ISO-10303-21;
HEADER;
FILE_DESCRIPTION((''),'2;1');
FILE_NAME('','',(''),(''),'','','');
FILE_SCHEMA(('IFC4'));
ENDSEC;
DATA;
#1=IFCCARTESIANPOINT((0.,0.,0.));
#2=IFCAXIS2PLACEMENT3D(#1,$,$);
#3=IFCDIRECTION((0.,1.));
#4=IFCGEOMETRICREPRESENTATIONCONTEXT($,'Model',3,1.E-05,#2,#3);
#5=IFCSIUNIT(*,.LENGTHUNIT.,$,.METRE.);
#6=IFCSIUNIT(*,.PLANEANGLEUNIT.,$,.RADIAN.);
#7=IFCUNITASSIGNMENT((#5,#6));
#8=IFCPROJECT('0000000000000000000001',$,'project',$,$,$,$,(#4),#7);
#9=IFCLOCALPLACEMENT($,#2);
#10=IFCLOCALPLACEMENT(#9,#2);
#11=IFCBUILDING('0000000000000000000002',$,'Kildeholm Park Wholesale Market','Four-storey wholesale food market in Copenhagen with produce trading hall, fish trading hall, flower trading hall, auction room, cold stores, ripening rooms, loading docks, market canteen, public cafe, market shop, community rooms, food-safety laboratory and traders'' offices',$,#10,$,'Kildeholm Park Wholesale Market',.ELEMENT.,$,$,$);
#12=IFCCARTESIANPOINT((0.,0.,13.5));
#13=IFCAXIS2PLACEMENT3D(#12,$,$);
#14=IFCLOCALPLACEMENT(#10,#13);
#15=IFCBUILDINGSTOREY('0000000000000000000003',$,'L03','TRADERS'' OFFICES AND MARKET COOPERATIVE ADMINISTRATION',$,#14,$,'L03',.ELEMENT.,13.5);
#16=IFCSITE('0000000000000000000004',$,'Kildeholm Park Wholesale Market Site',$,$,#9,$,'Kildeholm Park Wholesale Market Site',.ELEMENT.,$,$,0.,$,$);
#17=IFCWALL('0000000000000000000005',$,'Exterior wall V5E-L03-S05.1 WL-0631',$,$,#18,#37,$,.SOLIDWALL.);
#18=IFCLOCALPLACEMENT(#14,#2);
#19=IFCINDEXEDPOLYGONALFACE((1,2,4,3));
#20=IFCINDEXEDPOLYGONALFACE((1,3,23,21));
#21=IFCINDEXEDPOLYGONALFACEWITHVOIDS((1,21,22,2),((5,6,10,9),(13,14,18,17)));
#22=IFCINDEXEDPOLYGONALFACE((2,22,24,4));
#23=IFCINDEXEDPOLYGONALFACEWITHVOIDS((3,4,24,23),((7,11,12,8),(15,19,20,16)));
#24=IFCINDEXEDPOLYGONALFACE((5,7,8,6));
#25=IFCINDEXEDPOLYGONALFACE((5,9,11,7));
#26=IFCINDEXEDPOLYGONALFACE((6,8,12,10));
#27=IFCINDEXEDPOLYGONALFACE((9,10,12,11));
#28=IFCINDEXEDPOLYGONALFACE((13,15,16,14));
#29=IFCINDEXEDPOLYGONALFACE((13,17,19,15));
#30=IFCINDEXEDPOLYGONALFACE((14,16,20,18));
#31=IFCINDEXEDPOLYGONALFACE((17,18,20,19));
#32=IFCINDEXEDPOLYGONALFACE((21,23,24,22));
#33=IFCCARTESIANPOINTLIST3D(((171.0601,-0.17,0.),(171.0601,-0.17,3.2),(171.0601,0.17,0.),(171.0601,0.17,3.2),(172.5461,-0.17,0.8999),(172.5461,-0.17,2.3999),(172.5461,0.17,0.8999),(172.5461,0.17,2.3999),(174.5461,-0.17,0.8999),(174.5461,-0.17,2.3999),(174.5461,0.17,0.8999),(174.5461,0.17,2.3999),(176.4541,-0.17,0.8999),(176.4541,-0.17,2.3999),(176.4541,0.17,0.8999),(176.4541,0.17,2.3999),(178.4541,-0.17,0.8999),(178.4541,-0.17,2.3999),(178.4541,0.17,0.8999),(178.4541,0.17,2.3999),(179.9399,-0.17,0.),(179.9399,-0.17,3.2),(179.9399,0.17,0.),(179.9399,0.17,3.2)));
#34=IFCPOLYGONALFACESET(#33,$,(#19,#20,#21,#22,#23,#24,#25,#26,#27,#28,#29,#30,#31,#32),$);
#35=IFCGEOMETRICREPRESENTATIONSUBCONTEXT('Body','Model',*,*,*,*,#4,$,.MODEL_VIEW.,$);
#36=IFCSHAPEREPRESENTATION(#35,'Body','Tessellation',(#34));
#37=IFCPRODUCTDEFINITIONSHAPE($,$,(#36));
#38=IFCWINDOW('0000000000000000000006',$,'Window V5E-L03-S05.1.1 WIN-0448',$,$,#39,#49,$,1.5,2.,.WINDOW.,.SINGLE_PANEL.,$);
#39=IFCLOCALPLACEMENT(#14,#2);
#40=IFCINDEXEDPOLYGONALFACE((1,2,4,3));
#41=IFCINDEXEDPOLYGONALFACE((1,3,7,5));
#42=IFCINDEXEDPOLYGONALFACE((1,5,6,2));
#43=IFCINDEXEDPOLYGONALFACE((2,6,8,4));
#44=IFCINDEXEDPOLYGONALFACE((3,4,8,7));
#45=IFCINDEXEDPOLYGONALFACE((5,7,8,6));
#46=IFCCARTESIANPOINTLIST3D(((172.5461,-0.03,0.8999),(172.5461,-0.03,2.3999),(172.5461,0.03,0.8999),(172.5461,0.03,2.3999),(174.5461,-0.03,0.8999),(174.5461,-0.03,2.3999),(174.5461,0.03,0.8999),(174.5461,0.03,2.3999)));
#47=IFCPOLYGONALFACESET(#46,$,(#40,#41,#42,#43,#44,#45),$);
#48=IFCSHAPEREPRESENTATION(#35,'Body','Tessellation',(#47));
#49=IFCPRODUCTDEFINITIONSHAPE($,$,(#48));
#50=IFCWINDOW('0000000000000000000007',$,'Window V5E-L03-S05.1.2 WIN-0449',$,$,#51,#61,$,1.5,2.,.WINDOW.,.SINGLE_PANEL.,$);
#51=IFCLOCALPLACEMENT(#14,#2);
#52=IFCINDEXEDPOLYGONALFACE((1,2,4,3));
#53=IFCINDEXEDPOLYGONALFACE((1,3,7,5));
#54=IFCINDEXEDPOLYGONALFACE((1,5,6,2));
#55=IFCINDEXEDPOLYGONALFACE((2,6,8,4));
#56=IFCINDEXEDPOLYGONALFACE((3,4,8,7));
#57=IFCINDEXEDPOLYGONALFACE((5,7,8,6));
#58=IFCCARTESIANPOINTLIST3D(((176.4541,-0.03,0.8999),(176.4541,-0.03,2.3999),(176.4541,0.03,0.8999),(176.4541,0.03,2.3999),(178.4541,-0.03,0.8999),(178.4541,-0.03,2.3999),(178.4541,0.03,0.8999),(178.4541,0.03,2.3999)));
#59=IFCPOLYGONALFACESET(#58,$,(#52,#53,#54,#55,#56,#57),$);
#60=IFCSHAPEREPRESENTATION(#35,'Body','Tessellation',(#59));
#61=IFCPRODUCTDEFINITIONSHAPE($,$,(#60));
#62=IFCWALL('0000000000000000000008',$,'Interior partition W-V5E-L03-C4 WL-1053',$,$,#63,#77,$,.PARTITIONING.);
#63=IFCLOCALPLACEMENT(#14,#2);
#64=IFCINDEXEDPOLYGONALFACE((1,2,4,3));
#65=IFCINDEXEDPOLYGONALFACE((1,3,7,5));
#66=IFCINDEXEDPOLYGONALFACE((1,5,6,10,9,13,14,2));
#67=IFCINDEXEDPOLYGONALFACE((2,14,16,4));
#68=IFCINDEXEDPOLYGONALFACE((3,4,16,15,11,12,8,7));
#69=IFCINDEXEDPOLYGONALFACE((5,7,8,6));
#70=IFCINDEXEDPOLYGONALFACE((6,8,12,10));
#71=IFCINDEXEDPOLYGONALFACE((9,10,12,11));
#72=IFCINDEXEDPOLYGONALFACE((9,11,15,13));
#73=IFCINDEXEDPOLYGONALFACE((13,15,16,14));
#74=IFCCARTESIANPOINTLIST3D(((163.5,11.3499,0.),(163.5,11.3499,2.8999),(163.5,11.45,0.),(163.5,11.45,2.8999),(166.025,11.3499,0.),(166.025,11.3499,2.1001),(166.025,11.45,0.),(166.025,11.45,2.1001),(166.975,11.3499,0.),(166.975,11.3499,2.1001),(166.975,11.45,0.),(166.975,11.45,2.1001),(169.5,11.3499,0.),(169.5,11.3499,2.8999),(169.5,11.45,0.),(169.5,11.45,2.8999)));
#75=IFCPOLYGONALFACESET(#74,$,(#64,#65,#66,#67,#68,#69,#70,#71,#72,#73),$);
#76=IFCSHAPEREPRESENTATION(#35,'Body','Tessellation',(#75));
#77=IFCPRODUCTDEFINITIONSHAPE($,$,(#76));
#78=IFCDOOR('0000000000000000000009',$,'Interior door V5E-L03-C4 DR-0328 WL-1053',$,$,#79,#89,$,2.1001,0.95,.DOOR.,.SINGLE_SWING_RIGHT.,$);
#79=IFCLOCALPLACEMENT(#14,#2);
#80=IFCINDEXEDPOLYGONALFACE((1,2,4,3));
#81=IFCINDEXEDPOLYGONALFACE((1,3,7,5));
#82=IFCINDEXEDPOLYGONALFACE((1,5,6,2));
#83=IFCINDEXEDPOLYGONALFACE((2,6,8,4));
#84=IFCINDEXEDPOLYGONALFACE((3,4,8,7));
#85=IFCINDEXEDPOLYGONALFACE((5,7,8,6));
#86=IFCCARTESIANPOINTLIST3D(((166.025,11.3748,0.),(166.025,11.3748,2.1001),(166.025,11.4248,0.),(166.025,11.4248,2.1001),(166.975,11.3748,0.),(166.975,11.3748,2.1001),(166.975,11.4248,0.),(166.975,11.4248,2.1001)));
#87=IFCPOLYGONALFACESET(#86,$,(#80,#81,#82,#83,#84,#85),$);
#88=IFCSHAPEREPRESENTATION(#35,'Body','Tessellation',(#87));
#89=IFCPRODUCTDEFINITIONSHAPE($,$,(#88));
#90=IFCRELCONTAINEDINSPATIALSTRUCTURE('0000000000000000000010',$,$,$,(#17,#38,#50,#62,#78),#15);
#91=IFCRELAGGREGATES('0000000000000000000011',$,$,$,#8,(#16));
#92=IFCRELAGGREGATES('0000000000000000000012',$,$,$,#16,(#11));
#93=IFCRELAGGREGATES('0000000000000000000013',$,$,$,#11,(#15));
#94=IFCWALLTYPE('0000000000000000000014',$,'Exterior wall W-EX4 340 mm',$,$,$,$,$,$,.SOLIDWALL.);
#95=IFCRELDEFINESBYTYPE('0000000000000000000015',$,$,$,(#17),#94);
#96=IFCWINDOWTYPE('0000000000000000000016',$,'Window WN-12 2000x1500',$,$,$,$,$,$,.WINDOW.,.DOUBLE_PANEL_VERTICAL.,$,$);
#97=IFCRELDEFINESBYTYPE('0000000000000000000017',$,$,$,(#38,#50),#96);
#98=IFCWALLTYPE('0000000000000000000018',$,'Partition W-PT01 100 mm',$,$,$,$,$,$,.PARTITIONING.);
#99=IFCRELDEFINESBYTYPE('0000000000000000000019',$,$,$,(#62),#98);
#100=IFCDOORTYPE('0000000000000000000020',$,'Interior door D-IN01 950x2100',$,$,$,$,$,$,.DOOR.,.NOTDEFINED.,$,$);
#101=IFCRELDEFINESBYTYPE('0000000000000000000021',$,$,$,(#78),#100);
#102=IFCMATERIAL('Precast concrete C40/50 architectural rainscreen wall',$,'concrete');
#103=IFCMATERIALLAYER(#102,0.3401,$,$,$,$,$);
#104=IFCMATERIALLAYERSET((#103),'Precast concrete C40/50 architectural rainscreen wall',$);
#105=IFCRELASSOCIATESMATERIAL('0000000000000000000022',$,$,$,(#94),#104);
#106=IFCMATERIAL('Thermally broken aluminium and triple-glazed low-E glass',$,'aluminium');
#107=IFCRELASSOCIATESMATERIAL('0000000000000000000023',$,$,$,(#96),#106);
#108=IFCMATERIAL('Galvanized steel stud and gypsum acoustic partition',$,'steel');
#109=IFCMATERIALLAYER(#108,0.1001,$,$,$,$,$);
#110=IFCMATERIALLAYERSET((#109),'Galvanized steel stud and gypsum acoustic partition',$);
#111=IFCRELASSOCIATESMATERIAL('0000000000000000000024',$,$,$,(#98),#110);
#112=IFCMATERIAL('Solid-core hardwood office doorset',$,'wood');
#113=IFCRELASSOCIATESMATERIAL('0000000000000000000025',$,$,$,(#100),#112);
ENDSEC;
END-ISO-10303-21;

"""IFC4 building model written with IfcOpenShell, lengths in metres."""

from ifc_helpers import new_model, si_unit, direction, frame, frame_2d, origin, place, context, subcontext, project, spatial, rectangle, extrude, material, layer, layer_set, type_object, element, fill, save


model = new_model("IFC4")

# Units and contexts
model_context = context("Model", 3, precision=1e-05, world=origin(), true_north=direction((0.0, 1.0)))
body_context = subcontext(model_context, "Body", "Model", "MODEL_VIEW")
ifc_project = project(units=[si_unit("LENGTHUNIT", "METRE"), si_unit("PLANEANGLEUNIT", "RADIAN")], contexts=[model_context])

# Site, building, storey
site_placement = place(None, origin())
site = spatial("IfcSite", under=ifc_project, at=site_placement, Name="Kildeholm Park Wholesale Market Site", LongName="Kildeholm Park Wholesale Market Site", CompositionType="ELEMENT", RefElevation=0.0)
building_placement = place(site_placement, origin())
building = spatial("IfcBuilding", under=site, at=building_placement, Name="Kildeholm Park Wholesale Market", Description="Four-storey wholesale food market in Copenhagen with produce trading hall, fish trading hall, flower trading hall, auction room, cold stores, ripening rooms, loading docks, market canteen, public cafe, market shop, community rooms, food-safety laboratory and traders' offices", LongName="Kildeholm Park Wholesale Market", CompositionType="ELEMENT")
storey_placement = place(building_placement, frame((0.0, 0.0, 13.5)))
storey = spatial("IfcBuildingStorey", under=building, at=storey_placement, Name="L03", Description="TRADERS' OFFICES AND MARKET COOPERATIVE ADMINISTRATION", LongName="L03", CompositionType="ELEMENT", Elevation=13.5)

# Wall, openings, windows
ifc_material_1 = material(Name="Precast concrete C40/50 architectural rainscreen wall", Category="concrete")
ifc_layer_1 = layer(ifc_material_1, 0.3401)
ifc_layer_set_1 = layer_set([ifc_layer_1], Name="Precast concrete C40/50 architectural rainscreen wall")
wall_type_1 = type_object("IfcWallType", Name="Exterior wall W-EX4 340 mm", PredefinedType="SOLIDWALL", material=ifc_layer_set_1)
ifc_material_2 = material(Name="Thermally broken aluminium and triple-glazed low-E glass", Category="aluminium")
window_type = type_object("IfcWindowType", Name="Window WN-12 2000x1500", PartitioningType="DOUBLE_PANEL_VERTICAL", PredefinedType="WINDOW", material=ifc_material_2)
wall_1_placement = place(storey_placement, frame((171.0601, 0.0, 0.0), z_axis=(0.0, 0.0, 1.0), x_axis=(1.0, 0.0, 0.0)))
wall_1 = element("IfcWall", 1, at=wall_1_placement, inside=storey, type_object=wall_type_1, Name="Exterior wall V5E-L03-S05.1 WL-0631", PredefinedType="SOLIDWALL", context=body_context, shape_type="SweptSolid", body=[
    extrude(rectangle(XDim=8.8799, YDim=0.3401, at=frame_2d((4.4399, 0.0))), origin(), (0.0, 0.0, 1.0), 3.2),
])
opening_1_placement = place(wall_1_placement, frame((1.4861, 0.0, 0.8999)))
opening_1 = element("IfcOpeningElement", 2, at=opening_1_placement, cuts=wall_1, PredefinedType="OPENING", context=body_context, shape_type="SweptSolid", body=[
    extrude(rectangle(XDim=2.0, YDim=1.5, at=frame_2d((1.0, 0.75))), frame((0.0, 0.1799, 0.0), z_axis=(0.0, -1.0, 0.0), x_axis=(1.0, 0.0, 0.0)), (0.0, 0.0, 1.0), 0.3601),
])
opening_2_placement = place(wall_1_placement, frame((5.394, 0.0, 0.8999)))
opening_2 = element("IfcOpeningElement", 3, at=opening_2_placement, cuts=wall_1, PredefinedType="OPENING", context=body_context, shape_type="SweptSolid", body=[
    extrude(rectangle(XDim=2.0, YDim=1.5, at=frame_2d((1.0, 0.75))), frame((0.0, 0.1799, 0.0), z_axis=(0.0, -1.0, 0.0), x_axis=(1.0, 0.0, 0.0)), (0.0, 0.0, 1.0), 0.3601),
])
window_1_placement = place(opening_1_placement, origin())
window_1 = element("IfcWindow", 4, at=window_1_placement, inside=storey, type_object=window_type, Name="Window V5E-L03-S05.1.1 WIN-0448", OverallHeight=1.5, OverallWidth=2.0, PartitioningType="SINGLE_PANEL", PredefinedType="WINDOW", context=body_context, shape_type="SweptSolid", body=[
    extrude(rectangle(XDim=2.0, YDim=1.5, at=frame_2d((1.0, 0.75))), frame((0.0, 0.03, 0.0), z_axis=(0.0, -1.0, 0.0), x_axis=(1.0, 0.0, 0.0)), (0.0, 0.0, 1.0), 0.0601),
])
fill(opening_1, window_1)
window_2_placement = place(opening_2_placement, origin())
window_2 = element("IfcWindow", 5, at=window_2_placement, inside=storey, type_object=window_type, Name="Window V5E-L03-S05.1.2 WIN-0449", OverallHeight=1.5, OverallWidth=2.0, PartitioningType="SINGLE_PANEL", PredefinedType="WINDOW", context=body_context, shape_type="SweptSolid", body=[
    extrude(rectangle(XDim=2.0, YDim=1.5, at=frame_2d((1.0, 0.75))), frame((0.0, 0.03, 0.0), z_axis=(0.0, -1.0, 0.0), x_axis=(1.0, 0.0, 0.0)), (0.0, 0.0, 1.0), 0.0601),
])
fill(opening_2, window_2)

# Wall, opening, door
ifc_material_3 = material(Name="Galvanized steel stud and gypsum acoustic partition", Category="steel")
ifc_layer_2 = layer(ifc_material_3, 0.1001)
ifc_layer_set_2 = layer_set([ifc_layer_2], Name="Galvanized steel stud and gypsum acoustic partition")
wall_type_2 = type_object("IfcWallType", Name="Partition W-PT01 100 mm", PredefinedType="PARTITIONING", material=ifc_layer_set_2)
wall_2_placement = place(storey_placement, frame((163.5, 11.3999, 0.0), z_axis=(0.0, 0.0, 1.0), x_axis=(1.0, 0.0, 0.0)))
wall_2 = element("IfcWall", 6, at=wall_2_placement, inside=storey, type_object=wall_type_2, Name="Interior partition W-V5E-L03-C4 WL-1053", PredefinedType="PARTITIONING", context=body_context, shape_type="SweptSolid", body=[
    extrude(rectangle(XDim=6.0, YDim=0.1001, at=frame_2d((3.0, 0.0))), origin(), (0.0, 0.0, 1.0), 2.8999),
])
opening_3_placement = place(wall_2_placement, frame((2.5249, 0.0, 0.0)))
opening_3 = element("IfcOpeningElement", 7, at=opening_3_placement, cuts=wall_2, PredefinedType="OPENING", context=body_context, shape_type="SweptSolid", body=[
    extrude(rectangle(XDim=0.95, YDim=2.1001, at=frame_2d((0.4751, 1.05))), frame((0.0, 0.0601, 0.0), z_axis=(0.0, -1.0, 0.0), x_axis=(1.0, 0.0, 0.0)), (0.0, 0.0, 1.0), 0.1201),
])
ifc_material_4 = material(Name="Solid-core hardwood office doorset", Category="wood")
door_type = type_object("IfcDoorType", Name="Interior door D-IN01 950x2100", OperationType="NOTDEFINED", PredefinedType="DOOR", material=ifc_material_4)
door_placement = place(opening_3_placement, origin())
door = element("IfcDoor", 8, at=door_placement, inside=storey, type_object=door_type, Name="Interior door V5E-L03-C4 DR-0328 WL-1053", OperationType="SINGLE_SWING_RIGHT", OverallHeight=2.1001, OverallWidth=0.95, PredefinedType="DOOR", context=body_context, shape_type="SweptSolid", body=[
    extrude(rectangle(XDim=0.95, YDim=2.1001, at=frame_2d((0.4751, 1.05))), frame((0.0, 0.0249, 0.0), z_axis=(0.0, -1.0, 0.0), x_axis=(1.0, 0.0, 0.0)), (0.0, 0.0, 1.0), 0.05),
])
fill(opening_3, door)

save(model, "model.ifc")
